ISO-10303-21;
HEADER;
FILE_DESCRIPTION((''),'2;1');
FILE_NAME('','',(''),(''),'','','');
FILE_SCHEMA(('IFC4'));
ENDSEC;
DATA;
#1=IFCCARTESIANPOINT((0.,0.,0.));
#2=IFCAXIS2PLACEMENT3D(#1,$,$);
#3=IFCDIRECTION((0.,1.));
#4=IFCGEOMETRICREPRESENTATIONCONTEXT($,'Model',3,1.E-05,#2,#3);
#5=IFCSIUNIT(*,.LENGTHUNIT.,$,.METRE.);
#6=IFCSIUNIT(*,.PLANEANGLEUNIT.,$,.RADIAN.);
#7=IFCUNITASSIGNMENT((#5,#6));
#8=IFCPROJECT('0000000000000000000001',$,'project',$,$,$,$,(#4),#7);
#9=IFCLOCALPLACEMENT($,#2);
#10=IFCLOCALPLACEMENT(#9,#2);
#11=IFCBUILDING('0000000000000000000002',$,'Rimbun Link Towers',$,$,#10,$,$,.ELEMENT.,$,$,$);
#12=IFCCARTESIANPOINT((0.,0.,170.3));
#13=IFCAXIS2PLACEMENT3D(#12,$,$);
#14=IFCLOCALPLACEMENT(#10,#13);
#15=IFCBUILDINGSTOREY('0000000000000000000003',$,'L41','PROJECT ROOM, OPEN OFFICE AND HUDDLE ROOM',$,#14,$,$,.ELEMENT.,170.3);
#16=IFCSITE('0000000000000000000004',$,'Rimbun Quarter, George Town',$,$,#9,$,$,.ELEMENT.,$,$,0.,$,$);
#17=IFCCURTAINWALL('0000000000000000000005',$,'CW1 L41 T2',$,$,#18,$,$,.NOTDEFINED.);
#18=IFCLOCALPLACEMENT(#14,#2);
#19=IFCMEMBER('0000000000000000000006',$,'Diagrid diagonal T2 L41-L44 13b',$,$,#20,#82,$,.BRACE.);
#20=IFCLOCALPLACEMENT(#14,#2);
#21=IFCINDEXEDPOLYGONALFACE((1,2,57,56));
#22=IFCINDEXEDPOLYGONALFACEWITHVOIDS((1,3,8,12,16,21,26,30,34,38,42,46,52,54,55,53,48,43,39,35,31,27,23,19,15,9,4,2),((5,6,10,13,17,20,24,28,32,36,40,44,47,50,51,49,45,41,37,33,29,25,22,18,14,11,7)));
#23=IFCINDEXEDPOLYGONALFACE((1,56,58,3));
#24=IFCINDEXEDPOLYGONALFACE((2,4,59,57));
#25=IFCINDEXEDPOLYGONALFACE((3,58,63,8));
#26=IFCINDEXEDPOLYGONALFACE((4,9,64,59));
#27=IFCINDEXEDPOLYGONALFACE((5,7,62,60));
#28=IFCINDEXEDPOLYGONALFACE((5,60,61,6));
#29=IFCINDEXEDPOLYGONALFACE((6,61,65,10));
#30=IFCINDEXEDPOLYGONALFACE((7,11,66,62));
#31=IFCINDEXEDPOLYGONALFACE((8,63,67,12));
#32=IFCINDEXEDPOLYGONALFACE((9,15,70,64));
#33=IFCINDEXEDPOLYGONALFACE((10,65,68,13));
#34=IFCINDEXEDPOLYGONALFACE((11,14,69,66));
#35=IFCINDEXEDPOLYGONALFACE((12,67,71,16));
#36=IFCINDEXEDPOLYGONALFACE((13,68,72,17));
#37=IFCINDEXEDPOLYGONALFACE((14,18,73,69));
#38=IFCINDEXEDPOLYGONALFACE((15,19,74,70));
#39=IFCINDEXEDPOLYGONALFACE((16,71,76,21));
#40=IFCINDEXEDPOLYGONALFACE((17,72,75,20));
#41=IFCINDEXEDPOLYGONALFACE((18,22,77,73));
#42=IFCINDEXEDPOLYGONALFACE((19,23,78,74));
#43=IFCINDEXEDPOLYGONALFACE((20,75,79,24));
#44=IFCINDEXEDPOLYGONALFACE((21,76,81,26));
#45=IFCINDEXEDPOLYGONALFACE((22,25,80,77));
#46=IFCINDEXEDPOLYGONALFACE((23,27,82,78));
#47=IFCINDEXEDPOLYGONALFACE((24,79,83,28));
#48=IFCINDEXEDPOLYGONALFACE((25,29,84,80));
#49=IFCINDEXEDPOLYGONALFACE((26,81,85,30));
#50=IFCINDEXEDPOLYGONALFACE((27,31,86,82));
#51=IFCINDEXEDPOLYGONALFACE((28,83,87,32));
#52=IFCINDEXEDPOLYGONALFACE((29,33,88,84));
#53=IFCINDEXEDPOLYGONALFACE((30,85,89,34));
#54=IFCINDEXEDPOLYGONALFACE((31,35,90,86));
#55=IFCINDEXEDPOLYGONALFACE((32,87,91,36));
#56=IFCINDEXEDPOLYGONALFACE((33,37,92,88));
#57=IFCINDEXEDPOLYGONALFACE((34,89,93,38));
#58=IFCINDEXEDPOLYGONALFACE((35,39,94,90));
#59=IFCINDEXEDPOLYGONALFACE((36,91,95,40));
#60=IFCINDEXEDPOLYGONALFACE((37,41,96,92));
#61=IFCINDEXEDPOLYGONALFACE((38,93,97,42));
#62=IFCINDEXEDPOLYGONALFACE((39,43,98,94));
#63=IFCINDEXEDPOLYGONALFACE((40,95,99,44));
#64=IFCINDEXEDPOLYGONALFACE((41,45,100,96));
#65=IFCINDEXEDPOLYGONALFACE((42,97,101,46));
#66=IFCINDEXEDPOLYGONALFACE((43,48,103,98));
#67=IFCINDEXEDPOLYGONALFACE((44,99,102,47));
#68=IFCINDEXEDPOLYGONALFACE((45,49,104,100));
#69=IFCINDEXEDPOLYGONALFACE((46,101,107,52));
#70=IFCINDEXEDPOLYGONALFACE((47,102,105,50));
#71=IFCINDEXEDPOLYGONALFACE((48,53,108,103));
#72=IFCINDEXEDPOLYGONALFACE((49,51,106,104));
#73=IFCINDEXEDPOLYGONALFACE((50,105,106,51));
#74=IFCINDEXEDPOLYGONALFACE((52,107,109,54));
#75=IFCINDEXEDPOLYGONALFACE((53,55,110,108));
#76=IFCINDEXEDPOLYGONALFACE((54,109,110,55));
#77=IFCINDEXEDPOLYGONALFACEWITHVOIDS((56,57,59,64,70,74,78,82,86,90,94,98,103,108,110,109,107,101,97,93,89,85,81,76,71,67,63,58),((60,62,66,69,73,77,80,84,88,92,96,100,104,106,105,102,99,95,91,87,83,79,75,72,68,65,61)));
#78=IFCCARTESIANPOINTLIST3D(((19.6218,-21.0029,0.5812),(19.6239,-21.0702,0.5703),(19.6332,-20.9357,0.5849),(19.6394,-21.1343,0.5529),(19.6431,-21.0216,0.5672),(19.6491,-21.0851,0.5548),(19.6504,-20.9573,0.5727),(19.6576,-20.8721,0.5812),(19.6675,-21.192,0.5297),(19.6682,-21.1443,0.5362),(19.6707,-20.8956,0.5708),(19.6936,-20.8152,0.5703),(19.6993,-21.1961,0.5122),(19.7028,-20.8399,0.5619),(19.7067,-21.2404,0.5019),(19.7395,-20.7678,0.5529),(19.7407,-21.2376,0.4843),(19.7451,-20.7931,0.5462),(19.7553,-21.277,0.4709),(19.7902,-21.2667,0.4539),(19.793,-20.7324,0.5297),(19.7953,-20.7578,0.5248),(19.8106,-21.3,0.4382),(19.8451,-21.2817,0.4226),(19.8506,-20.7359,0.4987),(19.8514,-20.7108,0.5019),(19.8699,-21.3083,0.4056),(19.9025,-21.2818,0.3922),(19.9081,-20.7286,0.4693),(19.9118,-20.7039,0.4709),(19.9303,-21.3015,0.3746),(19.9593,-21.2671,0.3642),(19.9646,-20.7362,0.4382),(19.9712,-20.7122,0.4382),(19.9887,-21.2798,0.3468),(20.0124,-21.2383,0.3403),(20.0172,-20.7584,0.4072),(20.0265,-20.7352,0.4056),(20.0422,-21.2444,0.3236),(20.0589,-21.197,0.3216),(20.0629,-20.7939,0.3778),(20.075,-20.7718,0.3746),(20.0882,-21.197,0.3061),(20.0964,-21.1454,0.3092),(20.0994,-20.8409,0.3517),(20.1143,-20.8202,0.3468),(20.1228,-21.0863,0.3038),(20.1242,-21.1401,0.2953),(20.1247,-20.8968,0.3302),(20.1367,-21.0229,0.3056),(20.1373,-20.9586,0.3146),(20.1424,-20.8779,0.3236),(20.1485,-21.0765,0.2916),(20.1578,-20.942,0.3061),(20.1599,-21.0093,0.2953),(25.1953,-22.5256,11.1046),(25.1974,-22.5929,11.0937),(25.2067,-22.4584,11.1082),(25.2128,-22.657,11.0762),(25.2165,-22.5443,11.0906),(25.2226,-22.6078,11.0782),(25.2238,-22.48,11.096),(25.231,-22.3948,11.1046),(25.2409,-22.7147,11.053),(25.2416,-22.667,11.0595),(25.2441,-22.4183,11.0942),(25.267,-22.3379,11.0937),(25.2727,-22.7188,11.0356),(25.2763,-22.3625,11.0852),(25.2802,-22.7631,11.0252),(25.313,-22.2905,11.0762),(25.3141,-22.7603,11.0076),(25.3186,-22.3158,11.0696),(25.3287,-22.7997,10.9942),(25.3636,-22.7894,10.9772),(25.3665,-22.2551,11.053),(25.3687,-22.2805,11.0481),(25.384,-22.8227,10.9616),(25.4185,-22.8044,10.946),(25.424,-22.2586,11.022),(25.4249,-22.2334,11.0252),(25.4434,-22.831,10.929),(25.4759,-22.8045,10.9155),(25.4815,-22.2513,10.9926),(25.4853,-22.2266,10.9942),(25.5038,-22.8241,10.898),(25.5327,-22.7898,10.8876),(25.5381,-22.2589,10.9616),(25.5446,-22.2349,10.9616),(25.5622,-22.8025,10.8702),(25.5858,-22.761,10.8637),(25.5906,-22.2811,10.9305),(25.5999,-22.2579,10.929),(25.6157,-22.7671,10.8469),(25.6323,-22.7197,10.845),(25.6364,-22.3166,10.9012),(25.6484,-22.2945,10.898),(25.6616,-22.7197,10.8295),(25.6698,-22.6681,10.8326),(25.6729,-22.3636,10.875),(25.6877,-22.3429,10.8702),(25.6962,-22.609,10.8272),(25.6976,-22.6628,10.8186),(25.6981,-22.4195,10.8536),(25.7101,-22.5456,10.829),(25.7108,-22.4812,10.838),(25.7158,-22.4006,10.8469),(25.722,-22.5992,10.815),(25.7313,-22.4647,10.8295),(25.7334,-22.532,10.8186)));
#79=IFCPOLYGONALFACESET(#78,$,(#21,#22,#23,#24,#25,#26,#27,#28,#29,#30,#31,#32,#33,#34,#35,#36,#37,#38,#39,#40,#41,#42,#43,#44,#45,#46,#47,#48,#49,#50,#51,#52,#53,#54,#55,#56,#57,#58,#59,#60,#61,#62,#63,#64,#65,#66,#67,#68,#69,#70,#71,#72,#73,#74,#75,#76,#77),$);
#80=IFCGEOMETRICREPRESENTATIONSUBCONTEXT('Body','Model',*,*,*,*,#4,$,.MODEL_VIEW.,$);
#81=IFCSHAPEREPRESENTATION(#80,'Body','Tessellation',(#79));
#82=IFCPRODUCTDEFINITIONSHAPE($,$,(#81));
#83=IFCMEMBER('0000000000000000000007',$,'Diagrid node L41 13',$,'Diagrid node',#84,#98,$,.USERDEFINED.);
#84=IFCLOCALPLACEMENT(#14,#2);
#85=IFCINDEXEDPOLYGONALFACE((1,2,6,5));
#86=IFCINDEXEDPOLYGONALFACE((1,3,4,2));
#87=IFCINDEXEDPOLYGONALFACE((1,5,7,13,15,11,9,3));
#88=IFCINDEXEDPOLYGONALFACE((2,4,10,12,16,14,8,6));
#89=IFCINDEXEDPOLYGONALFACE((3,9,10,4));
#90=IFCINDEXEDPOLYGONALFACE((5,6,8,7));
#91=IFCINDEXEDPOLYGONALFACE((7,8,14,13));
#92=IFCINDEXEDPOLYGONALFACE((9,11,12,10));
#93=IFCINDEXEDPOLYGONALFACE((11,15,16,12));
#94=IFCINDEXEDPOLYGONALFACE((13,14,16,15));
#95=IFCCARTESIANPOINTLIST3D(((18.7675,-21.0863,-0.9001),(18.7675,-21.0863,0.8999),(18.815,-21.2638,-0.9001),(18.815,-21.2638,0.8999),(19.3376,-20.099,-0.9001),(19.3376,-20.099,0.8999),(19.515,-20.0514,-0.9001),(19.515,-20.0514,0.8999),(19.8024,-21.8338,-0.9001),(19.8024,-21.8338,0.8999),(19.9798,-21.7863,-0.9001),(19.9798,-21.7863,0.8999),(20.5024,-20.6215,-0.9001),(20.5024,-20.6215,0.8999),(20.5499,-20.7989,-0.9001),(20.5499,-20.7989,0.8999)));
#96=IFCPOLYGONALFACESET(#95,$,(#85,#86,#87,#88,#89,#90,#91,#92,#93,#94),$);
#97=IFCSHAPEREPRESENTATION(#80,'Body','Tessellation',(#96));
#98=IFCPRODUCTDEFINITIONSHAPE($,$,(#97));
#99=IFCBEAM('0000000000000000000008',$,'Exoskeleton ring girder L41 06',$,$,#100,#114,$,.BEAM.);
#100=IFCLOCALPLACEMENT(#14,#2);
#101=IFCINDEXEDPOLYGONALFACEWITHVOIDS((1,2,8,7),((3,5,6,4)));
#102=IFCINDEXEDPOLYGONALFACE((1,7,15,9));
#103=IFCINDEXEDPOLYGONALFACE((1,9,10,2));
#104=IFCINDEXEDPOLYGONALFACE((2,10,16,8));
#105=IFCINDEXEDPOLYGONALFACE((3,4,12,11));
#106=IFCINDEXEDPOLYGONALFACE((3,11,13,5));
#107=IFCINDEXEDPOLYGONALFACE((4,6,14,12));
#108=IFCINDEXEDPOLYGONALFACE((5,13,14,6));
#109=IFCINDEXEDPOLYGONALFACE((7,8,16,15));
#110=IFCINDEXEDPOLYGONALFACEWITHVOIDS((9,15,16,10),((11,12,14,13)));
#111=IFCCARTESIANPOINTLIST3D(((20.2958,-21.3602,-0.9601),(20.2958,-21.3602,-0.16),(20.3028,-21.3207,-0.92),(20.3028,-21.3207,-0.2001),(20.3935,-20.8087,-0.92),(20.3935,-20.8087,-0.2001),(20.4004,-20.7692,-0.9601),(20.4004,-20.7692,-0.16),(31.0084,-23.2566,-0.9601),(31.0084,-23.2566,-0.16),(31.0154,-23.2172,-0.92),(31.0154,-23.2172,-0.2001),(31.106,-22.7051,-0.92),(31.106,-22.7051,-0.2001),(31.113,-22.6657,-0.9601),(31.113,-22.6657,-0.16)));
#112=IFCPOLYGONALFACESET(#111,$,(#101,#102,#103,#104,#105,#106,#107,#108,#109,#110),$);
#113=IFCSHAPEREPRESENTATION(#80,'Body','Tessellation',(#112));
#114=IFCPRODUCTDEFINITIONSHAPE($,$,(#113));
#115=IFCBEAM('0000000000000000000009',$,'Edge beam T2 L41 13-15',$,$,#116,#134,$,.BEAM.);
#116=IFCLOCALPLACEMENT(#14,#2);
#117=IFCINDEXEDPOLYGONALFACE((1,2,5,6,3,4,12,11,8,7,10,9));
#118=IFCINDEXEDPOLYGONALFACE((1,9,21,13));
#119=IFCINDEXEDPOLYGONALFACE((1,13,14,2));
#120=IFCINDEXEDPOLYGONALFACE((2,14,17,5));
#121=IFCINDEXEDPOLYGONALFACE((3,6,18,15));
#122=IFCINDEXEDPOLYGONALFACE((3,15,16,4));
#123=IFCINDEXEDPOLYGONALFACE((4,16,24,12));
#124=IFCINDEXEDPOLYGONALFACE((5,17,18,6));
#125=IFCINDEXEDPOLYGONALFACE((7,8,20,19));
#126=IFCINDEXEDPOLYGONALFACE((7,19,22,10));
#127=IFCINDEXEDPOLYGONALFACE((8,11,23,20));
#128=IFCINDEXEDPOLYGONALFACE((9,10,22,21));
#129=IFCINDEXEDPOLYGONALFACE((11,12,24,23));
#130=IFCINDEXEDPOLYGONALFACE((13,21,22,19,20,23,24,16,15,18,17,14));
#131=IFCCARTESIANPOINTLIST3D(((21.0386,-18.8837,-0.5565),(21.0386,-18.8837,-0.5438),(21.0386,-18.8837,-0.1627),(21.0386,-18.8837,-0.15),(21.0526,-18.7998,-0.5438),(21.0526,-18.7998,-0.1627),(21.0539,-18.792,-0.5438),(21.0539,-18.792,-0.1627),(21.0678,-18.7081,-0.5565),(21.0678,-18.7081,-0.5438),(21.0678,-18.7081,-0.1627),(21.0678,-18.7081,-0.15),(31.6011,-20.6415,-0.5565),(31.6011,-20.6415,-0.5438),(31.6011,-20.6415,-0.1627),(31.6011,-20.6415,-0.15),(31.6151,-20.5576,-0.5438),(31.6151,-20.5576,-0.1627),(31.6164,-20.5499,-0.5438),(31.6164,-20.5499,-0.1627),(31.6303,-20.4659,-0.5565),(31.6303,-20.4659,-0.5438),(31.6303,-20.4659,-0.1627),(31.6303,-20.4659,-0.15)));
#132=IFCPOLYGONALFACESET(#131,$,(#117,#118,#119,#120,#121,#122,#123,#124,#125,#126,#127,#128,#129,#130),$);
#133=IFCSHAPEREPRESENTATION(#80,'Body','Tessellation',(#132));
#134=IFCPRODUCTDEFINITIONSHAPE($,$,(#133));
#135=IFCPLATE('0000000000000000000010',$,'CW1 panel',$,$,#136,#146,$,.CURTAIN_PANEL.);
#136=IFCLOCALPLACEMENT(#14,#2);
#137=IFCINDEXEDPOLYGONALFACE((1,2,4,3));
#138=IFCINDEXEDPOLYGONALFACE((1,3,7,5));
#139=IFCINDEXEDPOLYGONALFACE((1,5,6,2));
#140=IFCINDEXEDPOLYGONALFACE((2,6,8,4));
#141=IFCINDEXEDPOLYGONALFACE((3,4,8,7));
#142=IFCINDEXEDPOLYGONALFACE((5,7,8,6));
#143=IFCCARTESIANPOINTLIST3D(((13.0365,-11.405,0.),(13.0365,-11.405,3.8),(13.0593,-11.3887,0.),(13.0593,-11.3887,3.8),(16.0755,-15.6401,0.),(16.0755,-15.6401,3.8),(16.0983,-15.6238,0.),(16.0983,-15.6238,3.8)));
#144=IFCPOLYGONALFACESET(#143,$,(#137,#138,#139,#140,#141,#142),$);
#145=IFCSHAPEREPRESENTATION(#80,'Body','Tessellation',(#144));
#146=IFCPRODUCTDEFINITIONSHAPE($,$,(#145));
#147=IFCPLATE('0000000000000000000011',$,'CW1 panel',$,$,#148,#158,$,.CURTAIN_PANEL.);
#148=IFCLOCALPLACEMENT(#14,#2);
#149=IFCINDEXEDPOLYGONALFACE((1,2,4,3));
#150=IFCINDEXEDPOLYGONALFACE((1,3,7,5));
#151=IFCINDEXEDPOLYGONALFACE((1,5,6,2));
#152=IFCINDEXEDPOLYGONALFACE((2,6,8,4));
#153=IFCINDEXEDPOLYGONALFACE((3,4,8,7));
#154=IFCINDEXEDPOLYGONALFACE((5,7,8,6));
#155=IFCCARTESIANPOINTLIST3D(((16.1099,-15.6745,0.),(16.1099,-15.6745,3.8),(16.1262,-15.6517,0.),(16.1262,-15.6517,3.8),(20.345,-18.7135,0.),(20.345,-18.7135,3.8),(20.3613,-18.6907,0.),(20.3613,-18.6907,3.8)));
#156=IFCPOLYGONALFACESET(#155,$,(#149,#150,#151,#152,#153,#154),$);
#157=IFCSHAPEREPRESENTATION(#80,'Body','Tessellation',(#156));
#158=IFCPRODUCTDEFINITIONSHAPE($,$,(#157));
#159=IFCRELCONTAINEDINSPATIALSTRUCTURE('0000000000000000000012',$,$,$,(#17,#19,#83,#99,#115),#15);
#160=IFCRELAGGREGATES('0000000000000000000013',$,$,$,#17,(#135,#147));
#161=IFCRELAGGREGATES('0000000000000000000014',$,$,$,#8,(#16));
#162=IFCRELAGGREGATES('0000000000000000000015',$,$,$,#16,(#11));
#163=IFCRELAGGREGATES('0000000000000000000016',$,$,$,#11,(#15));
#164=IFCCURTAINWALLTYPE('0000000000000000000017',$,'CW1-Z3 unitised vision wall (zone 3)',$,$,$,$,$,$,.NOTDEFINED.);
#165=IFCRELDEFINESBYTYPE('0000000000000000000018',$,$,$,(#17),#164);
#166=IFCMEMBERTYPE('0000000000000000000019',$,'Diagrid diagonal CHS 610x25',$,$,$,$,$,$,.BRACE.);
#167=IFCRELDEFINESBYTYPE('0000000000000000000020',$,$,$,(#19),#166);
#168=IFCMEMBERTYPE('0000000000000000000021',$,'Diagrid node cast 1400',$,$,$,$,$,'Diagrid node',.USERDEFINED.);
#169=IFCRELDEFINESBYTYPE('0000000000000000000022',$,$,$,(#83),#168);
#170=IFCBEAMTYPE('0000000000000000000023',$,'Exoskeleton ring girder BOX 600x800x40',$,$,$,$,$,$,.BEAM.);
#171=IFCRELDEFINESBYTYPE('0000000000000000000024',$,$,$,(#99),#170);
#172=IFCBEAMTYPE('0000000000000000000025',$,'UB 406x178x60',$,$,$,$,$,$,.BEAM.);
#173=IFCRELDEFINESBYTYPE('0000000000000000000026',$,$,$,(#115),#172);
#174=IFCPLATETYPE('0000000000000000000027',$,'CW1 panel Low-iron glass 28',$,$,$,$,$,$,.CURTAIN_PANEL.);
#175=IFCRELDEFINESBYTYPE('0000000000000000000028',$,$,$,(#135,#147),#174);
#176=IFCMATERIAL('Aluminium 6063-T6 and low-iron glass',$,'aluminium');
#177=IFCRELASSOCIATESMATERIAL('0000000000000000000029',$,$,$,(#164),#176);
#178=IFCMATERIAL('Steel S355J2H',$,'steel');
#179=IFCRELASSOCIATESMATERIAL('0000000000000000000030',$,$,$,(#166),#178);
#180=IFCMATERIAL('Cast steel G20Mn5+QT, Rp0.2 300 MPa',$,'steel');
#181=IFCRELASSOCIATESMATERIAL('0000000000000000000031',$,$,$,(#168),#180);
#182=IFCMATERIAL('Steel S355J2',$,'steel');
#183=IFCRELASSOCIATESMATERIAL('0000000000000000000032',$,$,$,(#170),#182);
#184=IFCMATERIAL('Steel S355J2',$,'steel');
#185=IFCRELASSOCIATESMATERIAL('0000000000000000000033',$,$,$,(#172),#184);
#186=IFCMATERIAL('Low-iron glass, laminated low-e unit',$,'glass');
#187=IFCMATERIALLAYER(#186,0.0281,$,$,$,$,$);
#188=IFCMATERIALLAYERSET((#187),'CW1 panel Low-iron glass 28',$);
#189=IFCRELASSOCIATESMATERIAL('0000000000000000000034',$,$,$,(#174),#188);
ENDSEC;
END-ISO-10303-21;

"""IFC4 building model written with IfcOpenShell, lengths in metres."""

from ifc_helpers import new_model, si_unit, direction, frame, origin, origin_2d, place, context, subcontext, project, spatial, polyline, rectangle, hollow_rectangle, hollow_circle, i_section, outline, extrude, material, layer, layer_set, material_profile, profile_set, type_object, element, aggregate, save


model = new_model("IFC4")

# Units and contexts
model_context = context("Model", 3, precision=1e-05, world=origin(), true_north=direction((0.0, 1.0)))
body_context = subcontext(model_context, "Body", "Model", "MODEL_VIEW")
ifc_project = project(units=[si_unit("LENGTHUNIT", "METRE"), si_unit("PLANEANGLEUNIT", "RADIAN")], contexts=[model_context])

# Site, building, storey
site_placement = place(None, origin())
site = spatial("IfcSite", under=ifc_project, at=site_placement, Name="Rimbun Quarter, George Town", CompositionType="ELEMENT", RefElevation=0.0)
building_placement = place(site_placement, origin())
building = spatial("IfcBuilding", under=site, at=building_placement, Name="Rimbun Link Towers", CompositionType="ELEMENT")
storey_placement = place(building_placement, frame((0.0, 0.0, 170.3)))
storey = spatial("IfcBuildingStorey", under=building, at=storey_placement, Name="L41", Description="PROJECT ROOM, OPEN OFFICE AND HUDDLE ROOM", CompositionType="ELEMENT", Elevation=170.3)

# Curtain wall
ifc_material_1 = material(Name="Aluminium 6063-T6 and low-iron glass", Category="aluminium")
curtain_wall_type = type_object("IfcCurtainWallType", Name="CW1-Z3 unitised vision wall (zone 3)", PredefinedType="NOTDEFINED", material=ifc_material_1)
curtain_wall_placement = place(storey_placement, origin())
curtain_wall = element("IfcCurtainWall", 1, at=curtain_wall_placement, inside=storey, type_object=curtain_wall_type, Name="CW1 L41 T2", PredefinedType="NOTDEFINED")

# Members
ifc_material_2 = material(Name="Steel S355J2H", Category="steel")
ifc_material_profile_1 = material_profile(ifc_material_2, hollow_circle(Radius=0.3047, WallThickness=0.0249, at=origin_2d()), Name="Diagrid diagonal CHS 610x25")
ifc_profile_set_1 = profile_set([ifc_material_profile_1], Name="Steel S355J2H")
member_type_1 = type_object("IfcMemberType", Name="Diagrid diagonal CHS 610x25", PredefinedType="BRACE", material=ifc_profile_set_1)
member_1_placement = place(storey_placement, frame((19.8909, -21.0061, 0.4382), z_axis=(0.464256, -0.126837, 0.876572), x_axis=(0.263546, 0.964647, 0.0)))
element("IfcMember", 2, at=member_1_placement, inside=storey, type_object=member_type_1, Name="Diagrid diagonal T2 L41-L44 13b", PredefinedType="BRACE", context=body_context, shape_type="SweptSolid", body=[
    extrude(hollow_circle(Radius=0.3047, WallThickness=0.0249, at=origin_2d()), origin(), (0.0, 0.0, 1.0), 12.0051),
])
ifc_material_3 = material(Name="Cast steel G20Mn5+QT, Rp0.2 300 MPa", Category="steel")
ifc_material_profile_2 = material_profile(ifc_material_3, outline(polyline([(0.7, -0.5701), (0.7, 0.5701), (0.5701, 0.7), (-0.5701, 0.7), (-0.7, 0.5701), (-0.7, -0.5701), (-0.5701, -0.7), (0.5701, -0.7), (0.7, -0.5701)])), Name="NODE 1400x1400")
ifc_profile_set_2 = profile_set([ifc_material_profile_2], Name="Cast steel G20Mn5+QT, Rp0.2 300 MPa")
member_type_2 = type_object("IfcMemberType", Name="Diagrid node cast 1400", ElementType="Diagrid node", PredefinedType="USERDEFINED", material=ifc_profile_set_2)
member_2_placement = place(storey_placement, frame((19.6587, -20.9426, -0.9001), z_axis=(0.0, 0.0, 1.0), x_axis=(-0.5, -0.866025, 0.0)))
element("IfcMember", 3, at=member_2_placement, inside=storey, type_object=member_type_2, Name="Diagrid node L41 13", ObjectType="Diagrid node", PredefinedType="USERDEFINED", context=body_context, shape_type="SweptSolid", body=[
    extrude(outline(polyline([(0.7, -0.5701), (0.7, 0.5701), (0.5701, 0.7), (-0.5701, 0.7), (-0.7, 0.5701), (-0.7, -0.5701), (-0.5701, -0.7), (0.5701, -0.7), (0.7, -0.5701)])), origin(), (0.0, 0.0, 1.0), 1.8),
])

# Beams
ifc_material_4 = material(Name="Steel S355J2", Category="steel")
ifc_material_profile_3 = material_profile(ifc_material_4, hollow_rectangle(XDim=0.6001, YDim=0.8, WallThickness=0.04, at=origin_2d()), Name="Exoskeleton ring girder BOX 600x800x40")
ifc_profile_set_3 = profile_set([ifc_material_profile_3], Name="Steel S355J2")
beam_type_1 = type_object("IfcBeamType", Name="Exoskeleton ring girder BOX 600x800x40", PredefinedType="BEAM", material=ifc_profile_set_3)
beam_1_placement = place(storey_placement, frame((20.3481, -21.0647, -0.5601), z_axis=(0.984689, -0.174322, 0.0), x_axis=(0.174322, 0.984689, 0.0)))
element("IfcBeam", 4, at=beam_1_placement, inside=storey, type_object=beam_type_1, Name="Exoskeleton ring girder L41 06", PredefinedType="BEAM", context=body_context, shape_type="SweptSolid", body=[
    extrude(hollow_rectangle(XDim=0.6001, YDim=0.8, WallThickness=0.04, at=origin_2d()), origin(), (0.0, 0.0, 1.0), 10.8792),
])
ifc_material_5 = material(Name="Steel S355J2", Category="steel")
ifc_material_profile_4 = material_profile(ifc_material_5, i_section(OverallWidth=0.178, OverallDepth=0.4065, WebThickness=0.0078, FlangeThickness=0.0127, at=origin_2d()), Name="UB 406x178x60")
ifc_profile_set_4 = profile_set([ifc_material_profile_4], Name="Steel S355J2")
beam_type_2 = type_object("IfcBeamType", Name="UB 406x178x60", PredefinedType="BEAM", material=ifc_profile_set_4)
beam_2_placement = place(storey_placement, frame((21.0532, -18.7959, -0.3533), z_axis=(0.986433, -0.164162, 0.0), x_axis=(0.164162, 0.986433, 0.0)))
element("IfcBeam", 5, at=beam_2_placement, inside=storey, type_object=beam_type_2, Name="Edge beam T2 L41 13-15", PredefinedType="BEAM", context=body_context, shape_type="SweptSolid", body=[
    extrude(i_section(OverallWidth=0.178, OverallDepth=0.4065, WebThickness=0.0078, FlangeThickness=0.0127, at=origin_2d()), origin(), (0.0, 0.0, 1.0), 10.7078),
])

# Plates
ifc_material_6 = material(Name="Low-iron glass, laminated low-e unit", Category="glass")
ifc_layer_1 = layer(ifc_material_6, 0.0281)
ifc_layer_set_1 = layer_set([ifc_layer_1], Name="CW1 panel Low-iron glass 28")
plate_type = type_object("IfcPlateType", Name="CW1 panel Low-iron glass 28", PredefinedType="CURTAIN_PANEL", material=ifc_layer_set_1)
plate_1_placement = place(storey_placement, frame((14.5674, -13.5144, 0.0), z_axis=(0.0, 0.0, 1.0), x_axis=(-0.583009, 0.812465, 0.0)))
plate_1 = element("IfcPlate", 6, at=plate_1_placement, type_object=plate_type, Name="CW1 panel", PredefinedType="CURTAIN_PANEL", context=body_context, shape_type="SweptSolid", body=[
    extrude(rectangle(XDim=5.2126, YDim=0.0281, at=origin_2d()), origin(), (0.0, 0.0, 1.0), 3.8),
])
plate_2_placement = place(storey_placement, frame((18.2356, -17.1826, 0.0), z_axis=(0.0, 0.0, 1.0), x_axis=(-0.812465, 0.583009, 0.0)))
plate_2 = element("IfcPlate", 7, at=plate_2_placement, type_object=plate_type, Name="CW1 panel", PredefinedType="CURTAIN_PANEL", context=body_context, shape_type="SweptSolid", body=[
    extrude(rectangle(XDim=5.2126, YDim=0.0281, at=origin_2d()), origin(), (0.0, 0.0, 1.0), 3.8),
])
aggregate(curtain_wall, [plate_1, plate_2])

save(model, "model.ifc")
